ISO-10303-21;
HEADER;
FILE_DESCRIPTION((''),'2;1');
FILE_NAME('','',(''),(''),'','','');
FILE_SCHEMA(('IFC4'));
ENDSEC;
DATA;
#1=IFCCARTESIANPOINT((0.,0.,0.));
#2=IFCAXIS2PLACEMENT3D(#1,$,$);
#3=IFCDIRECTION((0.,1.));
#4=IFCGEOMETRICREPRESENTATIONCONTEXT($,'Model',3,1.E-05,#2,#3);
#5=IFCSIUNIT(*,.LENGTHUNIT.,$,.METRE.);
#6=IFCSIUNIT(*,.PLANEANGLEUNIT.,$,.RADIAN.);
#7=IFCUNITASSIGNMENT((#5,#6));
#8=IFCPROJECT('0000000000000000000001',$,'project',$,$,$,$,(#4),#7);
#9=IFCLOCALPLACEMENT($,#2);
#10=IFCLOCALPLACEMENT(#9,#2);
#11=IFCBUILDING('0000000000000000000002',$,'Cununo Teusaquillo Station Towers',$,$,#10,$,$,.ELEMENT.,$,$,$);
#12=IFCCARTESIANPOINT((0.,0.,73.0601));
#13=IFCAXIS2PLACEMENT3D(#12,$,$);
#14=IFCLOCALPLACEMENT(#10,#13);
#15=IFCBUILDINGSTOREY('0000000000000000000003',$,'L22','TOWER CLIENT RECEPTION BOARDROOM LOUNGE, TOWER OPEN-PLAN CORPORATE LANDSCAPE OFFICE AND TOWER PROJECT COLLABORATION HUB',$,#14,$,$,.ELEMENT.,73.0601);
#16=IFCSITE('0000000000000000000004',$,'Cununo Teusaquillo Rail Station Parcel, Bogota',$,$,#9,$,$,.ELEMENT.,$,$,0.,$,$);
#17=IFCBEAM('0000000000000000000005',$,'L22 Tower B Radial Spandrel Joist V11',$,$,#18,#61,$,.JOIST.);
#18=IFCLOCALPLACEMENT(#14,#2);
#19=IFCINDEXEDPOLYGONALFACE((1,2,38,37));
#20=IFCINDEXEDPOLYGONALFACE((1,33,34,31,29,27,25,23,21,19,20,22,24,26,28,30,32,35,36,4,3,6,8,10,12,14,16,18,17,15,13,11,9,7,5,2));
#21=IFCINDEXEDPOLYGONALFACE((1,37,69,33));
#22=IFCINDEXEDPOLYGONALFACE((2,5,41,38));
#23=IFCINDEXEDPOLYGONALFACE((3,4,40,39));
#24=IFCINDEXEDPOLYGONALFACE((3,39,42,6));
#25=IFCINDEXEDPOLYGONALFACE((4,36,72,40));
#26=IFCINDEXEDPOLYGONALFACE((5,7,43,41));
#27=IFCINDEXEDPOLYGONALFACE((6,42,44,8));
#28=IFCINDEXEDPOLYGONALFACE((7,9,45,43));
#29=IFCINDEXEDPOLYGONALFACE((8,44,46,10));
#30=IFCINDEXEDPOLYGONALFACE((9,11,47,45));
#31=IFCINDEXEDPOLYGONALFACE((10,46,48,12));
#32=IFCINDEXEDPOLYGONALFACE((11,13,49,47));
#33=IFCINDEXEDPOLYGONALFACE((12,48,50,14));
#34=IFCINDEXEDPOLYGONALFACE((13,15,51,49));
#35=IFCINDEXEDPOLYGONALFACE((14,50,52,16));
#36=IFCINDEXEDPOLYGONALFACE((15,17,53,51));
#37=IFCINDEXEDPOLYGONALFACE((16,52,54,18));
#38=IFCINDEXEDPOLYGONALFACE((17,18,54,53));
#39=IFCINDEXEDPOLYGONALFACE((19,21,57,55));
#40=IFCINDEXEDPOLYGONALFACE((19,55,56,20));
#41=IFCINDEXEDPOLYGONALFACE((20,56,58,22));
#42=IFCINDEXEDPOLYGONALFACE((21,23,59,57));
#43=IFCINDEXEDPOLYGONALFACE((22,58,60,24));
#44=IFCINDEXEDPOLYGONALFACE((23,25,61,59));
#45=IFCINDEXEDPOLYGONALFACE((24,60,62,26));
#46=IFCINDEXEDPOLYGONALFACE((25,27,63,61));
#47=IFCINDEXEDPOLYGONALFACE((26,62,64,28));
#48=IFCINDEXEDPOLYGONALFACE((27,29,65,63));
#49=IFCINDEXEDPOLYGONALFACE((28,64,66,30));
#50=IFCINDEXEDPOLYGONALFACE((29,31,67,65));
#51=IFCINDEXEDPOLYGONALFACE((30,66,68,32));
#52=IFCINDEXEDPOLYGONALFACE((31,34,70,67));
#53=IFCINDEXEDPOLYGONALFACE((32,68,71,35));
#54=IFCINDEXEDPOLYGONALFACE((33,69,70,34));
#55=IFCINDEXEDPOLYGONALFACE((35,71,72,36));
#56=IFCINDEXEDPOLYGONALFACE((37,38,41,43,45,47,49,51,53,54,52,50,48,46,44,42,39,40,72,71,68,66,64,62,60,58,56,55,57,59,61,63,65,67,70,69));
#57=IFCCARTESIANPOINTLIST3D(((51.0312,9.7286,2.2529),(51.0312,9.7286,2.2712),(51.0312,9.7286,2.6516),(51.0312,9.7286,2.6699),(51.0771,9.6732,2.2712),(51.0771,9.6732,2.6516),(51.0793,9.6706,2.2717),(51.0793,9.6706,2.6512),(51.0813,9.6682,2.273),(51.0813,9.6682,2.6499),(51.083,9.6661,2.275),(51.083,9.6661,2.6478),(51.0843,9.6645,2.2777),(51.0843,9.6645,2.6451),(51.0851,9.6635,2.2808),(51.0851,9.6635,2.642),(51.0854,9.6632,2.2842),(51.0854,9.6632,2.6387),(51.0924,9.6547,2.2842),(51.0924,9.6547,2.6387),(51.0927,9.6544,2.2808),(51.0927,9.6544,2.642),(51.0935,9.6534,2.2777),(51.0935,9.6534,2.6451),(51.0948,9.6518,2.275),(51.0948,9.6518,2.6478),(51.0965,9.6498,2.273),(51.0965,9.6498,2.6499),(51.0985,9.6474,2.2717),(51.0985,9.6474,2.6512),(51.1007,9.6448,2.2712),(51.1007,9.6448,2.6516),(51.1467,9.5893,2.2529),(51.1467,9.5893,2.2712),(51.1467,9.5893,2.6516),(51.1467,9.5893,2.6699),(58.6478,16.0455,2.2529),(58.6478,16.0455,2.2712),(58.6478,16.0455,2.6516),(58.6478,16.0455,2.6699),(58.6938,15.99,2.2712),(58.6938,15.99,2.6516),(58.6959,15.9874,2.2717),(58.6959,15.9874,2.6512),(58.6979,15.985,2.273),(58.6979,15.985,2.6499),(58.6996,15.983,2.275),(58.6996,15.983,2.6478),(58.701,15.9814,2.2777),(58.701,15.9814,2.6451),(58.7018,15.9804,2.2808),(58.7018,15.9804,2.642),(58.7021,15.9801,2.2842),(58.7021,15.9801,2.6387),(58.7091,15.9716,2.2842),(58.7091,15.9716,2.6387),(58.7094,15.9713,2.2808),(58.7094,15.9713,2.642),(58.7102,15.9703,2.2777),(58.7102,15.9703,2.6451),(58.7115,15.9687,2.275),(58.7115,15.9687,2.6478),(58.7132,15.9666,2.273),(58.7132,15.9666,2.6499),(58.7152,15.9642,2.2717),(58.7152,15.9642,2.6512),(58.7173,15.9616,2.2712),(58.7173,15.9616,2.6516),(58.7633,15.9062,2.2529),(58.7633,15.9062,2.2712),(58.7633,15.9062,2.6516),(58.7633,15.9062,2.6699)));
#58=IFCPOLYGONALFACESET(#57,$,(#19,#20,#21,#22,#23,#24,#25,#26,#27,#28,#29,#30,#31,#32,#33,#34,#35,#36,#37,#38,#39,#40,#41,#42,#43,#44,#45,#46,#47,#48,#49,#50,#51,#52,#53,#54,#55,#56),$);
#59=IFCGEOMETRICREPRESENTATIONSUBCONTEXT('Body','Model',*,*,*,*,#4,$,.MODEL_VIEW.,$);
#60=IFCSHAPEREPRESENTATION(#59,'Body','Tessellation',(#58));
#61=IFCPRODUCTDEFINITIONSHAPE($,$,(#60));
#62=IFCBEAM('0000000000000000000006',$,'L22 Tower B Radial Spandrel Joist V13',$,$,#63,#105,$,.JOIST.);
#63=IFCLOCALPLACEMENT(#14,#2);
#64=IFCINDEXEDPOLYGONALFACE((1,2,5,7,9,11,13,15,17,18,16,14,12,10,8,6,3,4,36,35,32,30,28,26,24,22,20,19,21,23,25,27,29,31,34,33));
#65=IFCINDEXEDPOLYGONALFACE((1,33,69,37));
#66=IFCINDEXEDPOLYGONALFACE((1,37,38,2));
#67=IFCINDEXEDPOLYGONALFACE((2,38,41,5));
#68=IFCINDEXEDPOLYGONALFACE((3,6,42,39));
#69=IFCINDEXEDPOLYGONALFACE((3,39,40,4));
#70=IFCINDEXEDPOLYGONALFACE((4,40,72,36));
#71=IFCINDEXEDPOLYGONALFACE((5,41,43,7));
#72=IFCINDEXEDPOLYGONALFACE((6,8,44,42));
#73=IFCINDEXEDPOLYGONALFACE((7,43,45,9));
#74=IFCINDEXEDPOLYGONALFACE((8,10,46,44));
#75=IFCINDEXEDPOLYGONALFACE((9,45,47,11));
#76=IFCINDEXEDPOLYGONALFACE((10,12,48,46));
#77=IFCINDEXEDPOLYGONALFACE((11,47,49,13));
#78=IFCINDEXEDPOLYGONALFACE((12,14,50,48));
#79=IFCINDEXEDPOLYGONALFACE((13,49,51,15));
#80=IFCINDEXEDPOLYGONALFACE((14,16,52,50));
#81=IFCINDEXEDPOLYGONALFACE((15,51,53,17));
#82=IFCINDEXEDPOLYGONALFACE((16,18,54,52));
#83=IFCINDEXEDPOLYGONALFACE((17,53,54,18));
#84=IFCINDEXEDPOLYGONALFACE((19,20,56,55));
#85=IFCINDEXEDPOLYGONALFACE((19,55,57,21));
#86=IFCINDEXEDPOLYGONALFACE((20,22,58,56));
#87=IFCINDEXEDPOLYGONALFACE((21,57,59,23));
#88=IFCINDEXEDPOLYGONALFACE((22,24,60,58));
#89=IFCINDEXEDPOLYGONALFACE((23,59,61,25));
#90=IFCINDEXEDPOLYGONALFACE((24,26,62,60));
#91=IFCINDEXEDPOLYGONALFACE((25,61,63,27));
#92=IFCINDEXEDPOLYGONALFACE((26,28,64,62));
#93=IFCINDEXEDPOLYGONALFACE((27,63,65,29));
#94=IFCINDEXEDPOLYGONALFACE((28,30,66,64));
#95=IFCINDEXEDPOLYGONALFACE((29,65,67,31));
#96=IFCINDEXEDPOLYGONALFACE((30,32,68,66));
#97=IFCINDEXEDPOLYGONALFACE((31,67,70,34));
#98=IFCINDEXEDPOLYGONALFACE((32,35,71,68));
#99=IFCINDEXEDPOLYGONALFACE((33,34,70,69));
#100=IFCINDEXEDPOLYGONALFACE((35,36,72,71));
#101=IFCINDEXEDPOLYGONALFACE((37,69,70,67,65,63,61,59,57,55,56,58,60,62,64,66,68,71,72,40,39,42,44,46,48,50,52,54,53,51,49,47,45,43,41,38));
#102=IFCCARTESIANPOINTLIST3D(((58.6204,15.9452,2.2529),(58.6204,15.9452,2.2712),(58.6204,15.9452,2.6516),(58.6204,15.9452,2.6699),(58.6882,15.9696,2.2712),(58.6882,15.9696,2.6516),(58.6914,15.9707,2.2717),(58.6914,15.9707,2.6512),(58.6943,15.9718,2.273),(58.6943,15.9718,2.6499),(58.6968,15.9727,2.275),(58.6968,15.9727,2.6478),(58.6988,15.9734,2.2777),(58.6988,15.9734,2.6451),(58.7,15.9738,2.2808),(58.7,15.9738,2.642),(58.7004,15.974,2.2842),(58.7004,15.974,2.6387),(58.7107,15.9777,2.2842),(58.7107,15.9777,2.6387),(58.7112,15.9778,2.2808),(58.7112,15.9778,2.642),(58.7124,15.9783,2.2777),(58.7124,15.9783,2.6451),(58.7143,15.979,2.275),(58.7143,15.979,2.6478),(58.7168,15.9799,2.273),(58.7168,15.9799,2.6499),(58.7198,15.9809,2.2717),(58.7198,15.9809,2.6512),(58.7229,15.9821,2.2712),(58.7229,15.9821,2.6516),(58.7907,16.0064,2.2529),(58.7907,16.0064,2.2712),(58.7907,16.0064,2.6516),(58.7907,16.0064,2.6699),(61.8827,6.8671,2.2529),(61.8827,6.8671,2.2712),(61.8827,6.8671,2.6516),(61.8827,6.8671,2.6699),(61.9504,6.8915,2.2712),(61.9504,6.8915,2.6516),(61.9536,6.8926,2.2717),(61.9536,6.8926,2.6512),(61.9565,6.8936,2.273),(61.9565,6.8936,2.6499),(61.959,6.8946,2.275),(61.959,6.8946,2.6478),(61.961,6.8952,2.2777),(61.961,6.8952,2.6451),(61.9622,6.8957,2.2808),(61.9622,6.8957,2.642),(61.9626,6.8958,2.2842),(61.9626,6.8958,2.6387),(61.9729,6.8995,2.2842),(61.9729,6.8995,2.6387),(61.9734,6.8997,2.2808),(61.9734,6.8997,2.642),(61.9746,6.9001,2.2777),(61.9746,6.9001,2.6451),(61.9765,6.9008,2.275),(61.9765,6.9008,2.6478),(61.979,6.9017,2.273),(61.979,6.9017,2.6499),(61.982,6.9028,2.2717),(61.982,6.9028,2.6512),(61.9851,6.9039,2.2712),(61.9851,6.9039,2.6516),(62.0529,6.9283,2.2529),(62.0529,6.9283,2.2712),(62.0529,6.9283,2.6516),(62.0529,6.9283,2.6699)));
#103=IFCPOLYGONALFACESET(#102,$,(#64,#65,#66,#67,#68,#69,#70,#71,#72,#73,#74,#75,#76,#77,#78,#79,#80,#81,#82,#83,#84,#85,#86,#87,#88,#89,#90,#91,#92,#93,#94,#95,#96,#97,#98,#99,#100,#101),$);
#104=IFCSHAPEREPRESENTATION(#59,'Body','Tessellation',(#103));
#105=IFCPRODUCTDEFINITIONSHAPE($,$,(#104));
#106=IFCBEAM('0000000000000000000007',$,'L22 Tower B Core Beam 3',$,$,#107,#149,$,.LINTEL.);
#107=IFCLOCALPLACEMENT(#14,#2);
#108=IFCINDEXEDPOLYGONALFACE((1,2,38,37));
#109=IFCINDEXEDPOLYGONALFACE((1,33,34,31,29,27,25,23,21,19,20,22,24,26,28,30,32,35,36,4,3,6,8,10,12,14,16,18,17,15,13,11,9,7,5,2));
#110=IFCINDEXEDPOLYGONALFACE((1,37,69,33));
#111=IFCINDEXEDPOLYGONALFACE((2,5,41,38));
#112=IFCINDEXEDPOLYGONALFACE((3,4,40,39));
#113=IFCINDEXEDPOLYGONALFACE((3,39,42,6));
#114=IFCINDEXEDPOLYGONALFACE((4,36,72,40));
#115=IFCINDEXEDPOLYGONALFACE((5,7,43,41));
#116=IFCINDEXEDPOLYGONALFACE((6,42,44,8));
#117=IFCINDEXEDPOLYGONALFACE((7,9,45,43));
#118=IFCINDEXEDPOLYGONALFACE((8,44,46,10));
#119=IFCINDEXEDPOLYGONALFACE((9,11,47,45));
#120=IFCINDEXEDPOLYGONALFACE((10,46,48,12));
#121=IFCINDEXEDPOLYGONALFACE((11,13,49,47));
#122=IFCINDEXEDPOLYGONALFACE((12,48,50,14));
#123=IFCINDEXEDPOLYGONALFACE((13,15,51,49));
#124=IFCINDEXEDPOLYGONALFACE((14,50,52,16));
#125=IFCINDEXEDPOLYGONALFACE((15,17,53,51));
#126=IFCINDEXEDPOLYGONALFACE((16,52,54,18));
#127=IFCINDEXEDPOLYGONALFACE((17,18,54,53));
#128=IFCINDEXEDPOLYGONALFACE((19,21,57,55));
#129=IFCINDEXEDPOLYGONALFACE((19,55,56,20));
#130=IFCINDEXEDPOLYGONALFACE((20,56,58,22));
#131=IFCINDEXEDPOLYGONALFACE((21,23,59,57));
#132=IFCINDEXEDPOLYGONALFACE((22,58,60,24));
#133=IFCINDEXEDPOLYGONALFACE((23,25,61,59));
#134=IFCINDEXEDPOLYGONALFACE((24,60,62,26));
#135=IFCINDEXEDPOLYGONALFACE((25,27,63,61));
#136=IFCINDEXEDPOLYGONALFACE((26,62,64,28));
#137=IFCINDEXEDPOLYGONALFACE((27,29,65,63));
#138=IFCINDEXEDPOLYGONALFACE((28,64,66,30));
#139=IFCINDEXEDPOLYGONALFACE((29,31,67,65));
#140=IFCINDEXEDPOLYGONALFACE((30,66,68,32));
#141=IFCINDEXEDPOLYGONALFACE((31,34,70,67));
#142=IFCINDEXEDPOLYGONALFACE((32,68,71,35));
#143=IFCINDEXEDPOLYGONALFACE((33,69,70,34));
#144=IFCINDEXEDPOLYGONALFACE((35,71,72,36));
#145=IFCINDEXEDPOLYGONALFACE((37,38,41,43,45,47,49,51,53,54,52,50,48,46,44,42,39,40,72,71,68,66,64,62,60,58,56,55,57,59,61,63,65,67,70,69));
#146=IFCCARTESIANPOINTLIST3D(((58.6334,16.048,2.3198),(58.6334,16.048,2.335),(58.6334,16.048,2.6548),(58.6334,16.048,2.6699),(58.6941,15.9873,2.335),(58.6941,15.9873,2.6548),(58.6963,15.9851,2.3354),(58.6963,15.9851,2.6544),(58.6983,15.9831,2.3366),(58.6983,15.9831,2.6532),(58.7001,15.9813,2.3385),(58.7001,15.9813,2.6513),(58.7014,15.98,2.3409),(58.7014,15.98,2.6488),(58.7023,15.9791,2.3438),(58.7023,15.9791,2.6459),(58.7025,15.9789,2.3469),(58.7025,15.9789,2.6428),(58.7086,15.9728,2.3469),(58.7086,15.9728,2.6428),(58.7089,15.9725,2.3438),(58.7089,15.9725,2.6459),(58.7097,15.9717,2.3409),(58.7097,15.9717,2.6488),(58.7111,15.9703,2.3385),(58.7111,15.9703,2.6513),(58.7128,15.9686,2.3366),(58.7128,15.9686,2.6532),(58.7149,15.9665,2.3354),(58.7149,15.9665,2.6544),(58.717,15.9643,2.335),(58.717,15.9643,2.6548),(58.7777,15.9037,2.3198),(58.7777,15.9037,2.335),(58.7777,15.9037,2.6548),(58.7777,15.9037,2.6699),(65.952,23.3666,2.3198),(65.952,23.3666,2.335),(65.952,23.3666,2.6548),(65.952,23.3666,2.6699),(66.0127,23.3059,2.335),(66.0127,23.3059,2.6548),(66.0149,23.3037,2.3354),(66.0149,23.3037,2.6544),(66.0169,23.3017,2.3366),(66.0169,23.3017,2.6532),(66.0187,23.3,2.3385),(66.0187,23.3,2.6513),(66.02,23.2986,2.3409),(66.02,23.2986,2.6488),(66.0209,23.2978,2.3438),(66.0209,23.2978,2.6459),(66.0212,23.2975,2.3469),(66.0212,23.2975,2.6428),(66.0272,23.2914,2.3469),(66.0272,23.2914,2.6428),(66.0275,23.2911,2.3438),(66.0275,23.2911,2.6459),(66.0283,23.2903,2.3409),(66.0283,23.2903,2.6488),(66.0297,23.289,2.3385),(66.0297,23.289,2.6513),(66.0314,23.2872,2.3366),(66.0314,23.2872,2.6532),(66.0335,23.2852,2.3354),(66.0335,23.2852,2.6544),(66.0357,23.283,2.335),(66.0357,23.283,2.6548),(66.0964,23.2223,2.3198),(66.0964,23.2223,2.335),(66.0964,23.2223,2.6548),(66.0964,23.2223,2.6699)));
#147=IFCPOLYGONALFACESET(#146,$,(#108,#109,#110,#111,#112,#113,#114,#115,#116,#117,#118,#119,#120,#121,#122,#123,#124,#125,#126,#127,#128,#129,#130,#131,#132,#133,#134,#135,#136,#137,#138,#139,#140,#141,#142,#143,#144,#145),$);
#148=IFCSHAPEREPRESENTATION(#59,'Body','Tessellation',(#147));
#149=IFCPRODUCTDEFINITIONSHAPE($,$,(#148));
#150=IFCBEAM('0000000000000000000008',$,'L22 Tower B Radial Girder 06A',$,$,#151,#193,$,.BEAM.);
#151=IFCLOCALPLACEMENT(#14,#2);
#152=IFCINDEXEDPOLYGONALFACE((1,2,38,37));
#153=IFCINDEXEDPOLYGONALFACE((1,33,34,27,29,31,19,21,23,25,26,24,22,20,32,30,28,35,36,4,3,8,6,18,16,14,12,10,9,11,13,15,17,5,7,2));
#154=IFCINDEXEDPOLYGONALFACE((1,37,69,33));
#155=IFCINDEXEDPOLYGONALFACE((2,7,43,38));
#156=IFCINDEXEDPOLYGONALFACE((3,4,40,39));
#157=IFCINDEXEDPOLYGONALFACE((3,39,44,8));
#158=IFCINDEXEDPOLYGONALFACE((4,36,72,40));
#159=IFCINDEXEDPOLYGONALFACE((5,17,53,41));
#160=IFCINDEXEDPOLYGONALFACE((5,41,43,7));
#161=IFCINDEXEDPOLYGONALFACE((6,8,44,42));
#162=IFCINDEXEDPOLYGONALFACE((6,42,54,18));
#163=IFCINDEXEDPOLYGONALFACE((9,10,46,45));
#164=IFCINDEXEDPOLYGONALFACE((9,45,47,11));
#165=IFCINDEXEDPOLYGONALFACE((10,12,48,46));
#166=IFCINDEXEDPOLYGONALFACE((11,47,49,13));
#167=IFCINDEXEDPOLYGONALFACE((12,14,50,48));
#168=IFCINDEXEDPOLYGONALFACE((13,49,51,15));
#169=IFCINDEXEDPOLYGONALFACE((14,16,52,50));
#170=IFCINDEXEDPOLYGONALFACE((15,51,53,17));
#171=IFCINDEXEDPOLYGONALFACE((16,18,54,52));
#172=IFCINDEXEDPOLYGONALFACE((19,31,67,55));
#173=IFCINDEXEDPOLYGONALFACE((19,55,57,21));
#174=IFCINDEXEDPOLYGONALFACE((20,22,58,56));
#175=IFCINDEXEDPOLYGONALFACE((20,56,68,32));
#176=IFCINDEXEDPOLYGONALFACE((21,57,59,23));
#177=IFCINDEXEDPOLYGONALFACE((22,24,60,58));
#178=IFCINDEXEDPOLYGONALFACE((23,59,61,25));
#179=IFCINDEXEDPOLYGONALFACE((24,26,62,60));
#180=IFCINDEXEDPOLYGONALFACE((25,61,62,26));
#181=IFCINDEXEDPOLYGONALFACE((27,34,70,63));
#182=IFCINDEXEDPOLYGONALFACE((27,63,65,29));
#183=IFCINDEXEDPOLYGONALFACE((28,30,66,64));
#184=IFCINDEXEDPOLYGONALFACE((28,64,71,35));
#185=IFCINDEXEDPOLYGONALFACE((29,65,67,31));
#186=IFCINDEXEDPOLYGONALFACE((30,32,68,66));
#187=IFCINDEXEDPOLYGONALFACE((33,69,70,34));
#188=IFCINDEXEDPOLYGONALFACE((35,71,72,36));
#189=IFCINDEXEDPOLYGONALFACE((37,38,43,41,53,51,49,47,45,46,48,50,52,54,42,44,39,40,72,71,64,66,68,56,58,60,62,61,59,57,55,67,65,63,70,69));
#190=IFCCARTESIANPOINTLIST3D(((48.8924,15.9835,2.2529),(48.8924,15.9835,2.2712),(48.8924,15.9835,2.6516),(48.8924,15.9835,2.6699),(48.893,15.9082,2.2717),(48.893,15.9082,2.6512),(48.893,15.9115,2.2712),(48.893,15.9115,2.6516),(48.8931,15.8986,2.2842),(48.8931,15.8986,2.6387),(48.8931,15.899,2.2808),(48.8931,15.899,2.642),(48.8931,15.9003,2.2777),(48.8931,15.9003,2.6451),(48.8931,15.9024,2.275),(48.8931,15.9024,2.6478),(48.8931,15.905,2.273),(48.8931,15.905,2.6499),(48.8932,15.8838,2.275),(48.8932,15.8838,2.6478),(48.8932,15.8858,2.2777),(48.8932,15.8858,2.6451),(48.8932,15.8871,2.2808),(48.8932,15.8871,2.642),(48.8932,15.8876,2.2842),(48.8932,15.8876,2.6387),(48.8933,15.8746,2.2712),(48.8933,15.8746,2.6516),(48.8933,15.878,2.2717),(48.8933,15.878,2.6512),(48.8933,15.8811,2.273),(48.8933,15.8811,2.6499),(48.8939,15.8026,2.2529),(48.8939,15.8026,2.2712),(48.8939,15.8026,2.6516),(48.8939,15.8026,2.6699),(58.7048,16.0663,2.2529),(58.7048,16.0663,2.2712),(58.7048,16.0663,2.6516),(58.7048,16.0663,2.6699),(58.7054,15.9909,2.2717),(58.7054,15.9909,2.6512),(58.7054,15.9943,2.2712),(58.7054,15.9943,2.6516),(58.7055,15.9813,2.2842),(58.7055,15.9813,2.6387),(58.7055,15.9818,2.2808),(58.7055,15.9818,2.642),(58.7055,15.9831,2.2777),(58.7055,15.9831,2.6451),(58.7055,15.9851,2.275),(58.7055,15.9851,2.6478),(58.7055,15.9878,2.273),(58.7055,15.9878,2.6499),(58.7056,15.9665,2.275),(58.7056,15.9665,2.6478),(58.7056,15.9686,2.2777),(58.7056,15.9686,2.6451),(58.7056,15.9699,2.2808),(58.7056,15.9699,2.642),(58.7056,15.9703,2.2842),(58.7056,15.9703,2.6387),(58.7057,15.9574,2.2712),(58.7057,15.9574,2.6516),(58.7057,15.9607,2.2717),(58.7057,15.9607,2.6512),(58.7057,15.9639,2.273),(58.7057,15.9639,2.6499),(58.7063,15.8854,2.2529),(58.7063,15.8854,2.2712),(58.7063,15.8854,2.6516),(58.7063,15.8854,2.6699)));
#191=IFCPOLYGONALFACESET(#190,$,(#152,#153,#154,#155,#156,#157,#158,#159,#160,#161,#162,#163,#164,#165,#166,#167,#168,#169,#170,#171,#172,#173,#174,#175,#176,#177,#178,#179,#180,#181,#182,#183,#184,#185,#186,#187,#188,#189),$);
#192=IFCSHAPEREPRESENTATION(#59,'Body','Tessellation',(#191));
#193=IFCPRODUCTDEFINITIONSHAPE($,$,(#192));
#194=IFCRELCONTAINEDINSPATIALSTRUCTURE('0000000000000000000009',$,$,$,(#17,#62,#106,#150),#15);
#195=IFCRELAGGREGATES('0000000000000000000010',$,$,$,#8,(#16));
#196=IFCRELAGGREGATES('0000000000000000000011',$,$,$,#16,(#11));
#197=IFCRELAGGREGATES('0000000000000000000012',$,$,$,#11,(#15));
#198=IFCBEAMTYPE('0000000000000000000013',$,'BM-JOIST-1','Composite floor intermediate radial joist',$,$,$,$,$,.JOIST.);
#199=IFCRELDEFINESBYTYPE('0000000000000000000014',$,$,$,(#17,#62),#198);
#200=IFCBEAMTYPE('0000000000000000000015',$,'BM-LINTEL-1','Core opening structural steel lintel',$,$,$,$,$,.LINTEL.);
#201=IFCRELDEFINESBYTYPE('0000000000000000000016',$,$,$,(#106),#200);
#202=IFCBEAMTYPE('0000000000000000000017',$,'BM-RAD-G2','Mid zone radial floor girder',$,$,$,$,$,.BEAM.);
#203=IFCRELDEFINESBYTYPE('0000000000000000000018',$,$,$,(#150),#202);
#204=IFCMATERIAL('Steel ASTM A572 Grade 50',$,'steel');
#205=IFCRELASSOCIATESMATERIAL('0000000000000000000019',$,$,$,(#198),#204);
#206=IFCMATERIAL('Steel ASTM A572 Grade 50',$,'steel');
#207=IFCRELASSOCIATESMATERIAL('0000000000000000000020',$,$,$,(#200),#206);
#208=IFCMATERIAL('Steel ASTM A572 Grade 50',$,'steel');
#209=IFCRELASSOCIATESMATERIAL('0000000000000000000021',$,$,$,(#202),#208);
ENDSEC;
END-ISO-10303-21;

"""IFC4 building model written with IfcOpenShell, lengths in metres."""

from ifc_helpers import new_model, si_unit, direction, frame, origin, origin_2d, place, context, subcontext, project, spatial, i_section, extrude, material, material_profile, profile_set, type_object, element, save


model = new_model("IFC4")

# Units and contexts
model_context = context("Model", 3, precision=1e-05, world=origin(), true_north=direction((0.0, 1.0)))
body_context = subcontext(model_context, "Body", "Model", "MODEL_VIEW")
ifc_project = project(units=[si_unit("LENGTHUNIT", "METRE"), si_unit("PLANEANGLEUNIT", "RADIAN")], contexts=[model_context])

# Site, building, storey
site_placement = place(None, origin())
site = spatial("IfcSite", under=ifc_project, at=site_placement, Name="Cununo Teusaquillo Rail Station Parcel, Bogota", CompositionType="ELEMENT", RefElevation=0.0)
building_placement = place(site_placement, origin())
building = spatial("IfcBuilding", under=site, at=building_placement, Name="Cununo Teusaquillo Station Towers", CompositionType="ELEMENT")
storey_placement = place(building_placement, frame((0.0, 0.0, 73.0601)))
storey = spatial("IfcBuildingStorey", under=building, at=storey_placement, Name="L22", Description="TOWER CLIENT RECEPTION BOARDROOM LOUNGE, TOWER OPEN-PLAN CORPORATE LANDSCAPE OFFICE AND TOWER PROJECT COLLABORATION HUB", CompositionType="ELEMENT", Elevation=73.0601)

# Beams
ifc_material_1 = material(Name="Steel ASTM A572 Grade 50", Category="steel")
ifc_material_profile_1 = material_profile(ifc_material_1, i_section(OverallWidth=0.1809, OverallDepth=0.417, WebThickness=0.011, FlangeThickness=0.0183, FilletRadius=0.0129, at=origin_2d()), Name="W16X57")
ifc_profile_set_1 = profile_set([ifc_material_profile_1], Name="Steel ASTM A572 Grade 50")
beam_type_1 = type_object("IfcBeamType", Name="BM-JOIST-1", Description="Composite floor intermediate radial joist", PredefinedType="JOIST", material=ifc_profile_set_1)
beam_1_placement = place(storey_placement, frame((58.7056, 15.9758, 2.4614), z_axis=(-0.769728, -0.638372, 0.0), x_axis=(0.638372, -0.769728, 0.0)))
element("IfcBeam", 1, at=beam_1_placement, inside=storey, type_object=beam_type_1, Name="L22 Tower B Radial Spandrel Joist V11", PredefinedType="JOIST", context=body_context, shape_type="SweptSolid", body=[
    extrude(i_section(OverallWidth=0.1809, OverallDepth=0.417, WebThickness=0.011, FlangeThickness=0.0183, FilletRadius=0.0129, at=origin_2d()), origin(), (0.0, 0.0, 1.0), 9.8953),
])
beam_2_placement = place(storey_placement, frame((58.7056, 15.9758, 2.4614), z_axis=(0.338176, -0.941083, 0.0), x_axis=(0.941083, 0.338176, 0.0)))
element("IfcBeam", 2, at=beam_2_placement, inside=storey, type_object=beam_type_1, Name="L22 Tower B Radial Spandrel Joist V13", PredefinedType="JOIST", context=body_context, shape_type="SweptSolid", body=[
    extrude(i_section(OverallWidth=0.1809, OverallDepth=0.417, WebThickness=0.011, FlangeThickness=0.0183, FilletRadius=0.0129, at=origin_2d()), origin(), (0.0, 0.0, 1.0), 9.6465),
])
ifc_material_2 = material(Name="Steel ASTM A572 Grade 50", Category="steel")
ifc_material_profile_2 = material_profile(ifc_material_2, i_section(OverallWidth=0.2041, OverallDepth=0.3501, WebThickness=0.0085, FlangeThickness=0.0151, FilletRadius=0.012, at=origin_2d()), Name="W14X48")
ifc_profile_set_2 = profile_set([ifc_material_profile_2], Name="Steel ASTM A572 Grade 50")
beam_type_2 = type_object("IfcBeamType", Name="BM-LINTEL-1", Description="Core opening structural steel lintel", PredefinedType="LINTEL", material=ifc_profile_set_2)
beam_3_placement = place(storey_placement, frame((58.7056, 15.9758, 2.4949), z_axis=(0.707107, 0.707107, 0.0), x_axis=(-0.707107, 0.707107, 0.0)))
element("IfcBeam", 3, at=beam_3_placement, inside=storey, type_object=beam_type_2, Name="L22 Tower B Core Beam 3", PredefinedType="LINTEL", context=body_context, shape_type="SweptSolid", body=[
    extrude(i_section(OverallWidth=0.2041, OverallDepth=0.3501, WebThickness=0.0085, FlangeThickness=0.0151, FilletRadius=0.012, at=origin_2d()), origin(), (0.0, 0.0, 1.0), 10.3501),
])
ifc_material_3 = material(Name="Steel ASTM A572 Grade 50", Category="steel")
ifc_material_profile_3 = material_profile(ifc_material_3, i_section(OverallWidth=0.1809, OverallDepth=0.417, WebThickness=0.011, FlangeThickness=0.0183, FilletRadius=0.0129, at=origin_2d()), Name="W16X57")
ifc_profile_set_3 = profile_set([ifc_material_profile_3], Name="Steel ASTM A572 Grade 50")
beam_type_3 = type_object("IfcBeamType", Name="BM-RAD-G2", Description="Mid zone radial floor girder", PredefinedType="BEAM", material=ifc_profile_set_3)
beam_4_placement = place(storey_placement, frame((58.7056, 15.9758, 2.4614), z_axis=(-0.999964, -0.008434, 0.0), x_axis=(0.008434, -0.999964, 0.0)))
element("IfcBeam", 4, at=beam_4_placement, inside=storey, type_object=beam_type_3, Name="L22 Tower B Radial Girder 06A", PredefinedType="BEAM", context=body_context, shape_type="SweptSolid", body=[
    extrude(i_section(OverallWidth=0.1809, OverallDepth=0.417, WebThickness=0.011, FlangeThickness=0.0183, FilletRadius=0.0129, at=origin_2d()), origin(), (0.0, 0.0, 1.0), 9.8127),
])

save(model, "model.ifc")
